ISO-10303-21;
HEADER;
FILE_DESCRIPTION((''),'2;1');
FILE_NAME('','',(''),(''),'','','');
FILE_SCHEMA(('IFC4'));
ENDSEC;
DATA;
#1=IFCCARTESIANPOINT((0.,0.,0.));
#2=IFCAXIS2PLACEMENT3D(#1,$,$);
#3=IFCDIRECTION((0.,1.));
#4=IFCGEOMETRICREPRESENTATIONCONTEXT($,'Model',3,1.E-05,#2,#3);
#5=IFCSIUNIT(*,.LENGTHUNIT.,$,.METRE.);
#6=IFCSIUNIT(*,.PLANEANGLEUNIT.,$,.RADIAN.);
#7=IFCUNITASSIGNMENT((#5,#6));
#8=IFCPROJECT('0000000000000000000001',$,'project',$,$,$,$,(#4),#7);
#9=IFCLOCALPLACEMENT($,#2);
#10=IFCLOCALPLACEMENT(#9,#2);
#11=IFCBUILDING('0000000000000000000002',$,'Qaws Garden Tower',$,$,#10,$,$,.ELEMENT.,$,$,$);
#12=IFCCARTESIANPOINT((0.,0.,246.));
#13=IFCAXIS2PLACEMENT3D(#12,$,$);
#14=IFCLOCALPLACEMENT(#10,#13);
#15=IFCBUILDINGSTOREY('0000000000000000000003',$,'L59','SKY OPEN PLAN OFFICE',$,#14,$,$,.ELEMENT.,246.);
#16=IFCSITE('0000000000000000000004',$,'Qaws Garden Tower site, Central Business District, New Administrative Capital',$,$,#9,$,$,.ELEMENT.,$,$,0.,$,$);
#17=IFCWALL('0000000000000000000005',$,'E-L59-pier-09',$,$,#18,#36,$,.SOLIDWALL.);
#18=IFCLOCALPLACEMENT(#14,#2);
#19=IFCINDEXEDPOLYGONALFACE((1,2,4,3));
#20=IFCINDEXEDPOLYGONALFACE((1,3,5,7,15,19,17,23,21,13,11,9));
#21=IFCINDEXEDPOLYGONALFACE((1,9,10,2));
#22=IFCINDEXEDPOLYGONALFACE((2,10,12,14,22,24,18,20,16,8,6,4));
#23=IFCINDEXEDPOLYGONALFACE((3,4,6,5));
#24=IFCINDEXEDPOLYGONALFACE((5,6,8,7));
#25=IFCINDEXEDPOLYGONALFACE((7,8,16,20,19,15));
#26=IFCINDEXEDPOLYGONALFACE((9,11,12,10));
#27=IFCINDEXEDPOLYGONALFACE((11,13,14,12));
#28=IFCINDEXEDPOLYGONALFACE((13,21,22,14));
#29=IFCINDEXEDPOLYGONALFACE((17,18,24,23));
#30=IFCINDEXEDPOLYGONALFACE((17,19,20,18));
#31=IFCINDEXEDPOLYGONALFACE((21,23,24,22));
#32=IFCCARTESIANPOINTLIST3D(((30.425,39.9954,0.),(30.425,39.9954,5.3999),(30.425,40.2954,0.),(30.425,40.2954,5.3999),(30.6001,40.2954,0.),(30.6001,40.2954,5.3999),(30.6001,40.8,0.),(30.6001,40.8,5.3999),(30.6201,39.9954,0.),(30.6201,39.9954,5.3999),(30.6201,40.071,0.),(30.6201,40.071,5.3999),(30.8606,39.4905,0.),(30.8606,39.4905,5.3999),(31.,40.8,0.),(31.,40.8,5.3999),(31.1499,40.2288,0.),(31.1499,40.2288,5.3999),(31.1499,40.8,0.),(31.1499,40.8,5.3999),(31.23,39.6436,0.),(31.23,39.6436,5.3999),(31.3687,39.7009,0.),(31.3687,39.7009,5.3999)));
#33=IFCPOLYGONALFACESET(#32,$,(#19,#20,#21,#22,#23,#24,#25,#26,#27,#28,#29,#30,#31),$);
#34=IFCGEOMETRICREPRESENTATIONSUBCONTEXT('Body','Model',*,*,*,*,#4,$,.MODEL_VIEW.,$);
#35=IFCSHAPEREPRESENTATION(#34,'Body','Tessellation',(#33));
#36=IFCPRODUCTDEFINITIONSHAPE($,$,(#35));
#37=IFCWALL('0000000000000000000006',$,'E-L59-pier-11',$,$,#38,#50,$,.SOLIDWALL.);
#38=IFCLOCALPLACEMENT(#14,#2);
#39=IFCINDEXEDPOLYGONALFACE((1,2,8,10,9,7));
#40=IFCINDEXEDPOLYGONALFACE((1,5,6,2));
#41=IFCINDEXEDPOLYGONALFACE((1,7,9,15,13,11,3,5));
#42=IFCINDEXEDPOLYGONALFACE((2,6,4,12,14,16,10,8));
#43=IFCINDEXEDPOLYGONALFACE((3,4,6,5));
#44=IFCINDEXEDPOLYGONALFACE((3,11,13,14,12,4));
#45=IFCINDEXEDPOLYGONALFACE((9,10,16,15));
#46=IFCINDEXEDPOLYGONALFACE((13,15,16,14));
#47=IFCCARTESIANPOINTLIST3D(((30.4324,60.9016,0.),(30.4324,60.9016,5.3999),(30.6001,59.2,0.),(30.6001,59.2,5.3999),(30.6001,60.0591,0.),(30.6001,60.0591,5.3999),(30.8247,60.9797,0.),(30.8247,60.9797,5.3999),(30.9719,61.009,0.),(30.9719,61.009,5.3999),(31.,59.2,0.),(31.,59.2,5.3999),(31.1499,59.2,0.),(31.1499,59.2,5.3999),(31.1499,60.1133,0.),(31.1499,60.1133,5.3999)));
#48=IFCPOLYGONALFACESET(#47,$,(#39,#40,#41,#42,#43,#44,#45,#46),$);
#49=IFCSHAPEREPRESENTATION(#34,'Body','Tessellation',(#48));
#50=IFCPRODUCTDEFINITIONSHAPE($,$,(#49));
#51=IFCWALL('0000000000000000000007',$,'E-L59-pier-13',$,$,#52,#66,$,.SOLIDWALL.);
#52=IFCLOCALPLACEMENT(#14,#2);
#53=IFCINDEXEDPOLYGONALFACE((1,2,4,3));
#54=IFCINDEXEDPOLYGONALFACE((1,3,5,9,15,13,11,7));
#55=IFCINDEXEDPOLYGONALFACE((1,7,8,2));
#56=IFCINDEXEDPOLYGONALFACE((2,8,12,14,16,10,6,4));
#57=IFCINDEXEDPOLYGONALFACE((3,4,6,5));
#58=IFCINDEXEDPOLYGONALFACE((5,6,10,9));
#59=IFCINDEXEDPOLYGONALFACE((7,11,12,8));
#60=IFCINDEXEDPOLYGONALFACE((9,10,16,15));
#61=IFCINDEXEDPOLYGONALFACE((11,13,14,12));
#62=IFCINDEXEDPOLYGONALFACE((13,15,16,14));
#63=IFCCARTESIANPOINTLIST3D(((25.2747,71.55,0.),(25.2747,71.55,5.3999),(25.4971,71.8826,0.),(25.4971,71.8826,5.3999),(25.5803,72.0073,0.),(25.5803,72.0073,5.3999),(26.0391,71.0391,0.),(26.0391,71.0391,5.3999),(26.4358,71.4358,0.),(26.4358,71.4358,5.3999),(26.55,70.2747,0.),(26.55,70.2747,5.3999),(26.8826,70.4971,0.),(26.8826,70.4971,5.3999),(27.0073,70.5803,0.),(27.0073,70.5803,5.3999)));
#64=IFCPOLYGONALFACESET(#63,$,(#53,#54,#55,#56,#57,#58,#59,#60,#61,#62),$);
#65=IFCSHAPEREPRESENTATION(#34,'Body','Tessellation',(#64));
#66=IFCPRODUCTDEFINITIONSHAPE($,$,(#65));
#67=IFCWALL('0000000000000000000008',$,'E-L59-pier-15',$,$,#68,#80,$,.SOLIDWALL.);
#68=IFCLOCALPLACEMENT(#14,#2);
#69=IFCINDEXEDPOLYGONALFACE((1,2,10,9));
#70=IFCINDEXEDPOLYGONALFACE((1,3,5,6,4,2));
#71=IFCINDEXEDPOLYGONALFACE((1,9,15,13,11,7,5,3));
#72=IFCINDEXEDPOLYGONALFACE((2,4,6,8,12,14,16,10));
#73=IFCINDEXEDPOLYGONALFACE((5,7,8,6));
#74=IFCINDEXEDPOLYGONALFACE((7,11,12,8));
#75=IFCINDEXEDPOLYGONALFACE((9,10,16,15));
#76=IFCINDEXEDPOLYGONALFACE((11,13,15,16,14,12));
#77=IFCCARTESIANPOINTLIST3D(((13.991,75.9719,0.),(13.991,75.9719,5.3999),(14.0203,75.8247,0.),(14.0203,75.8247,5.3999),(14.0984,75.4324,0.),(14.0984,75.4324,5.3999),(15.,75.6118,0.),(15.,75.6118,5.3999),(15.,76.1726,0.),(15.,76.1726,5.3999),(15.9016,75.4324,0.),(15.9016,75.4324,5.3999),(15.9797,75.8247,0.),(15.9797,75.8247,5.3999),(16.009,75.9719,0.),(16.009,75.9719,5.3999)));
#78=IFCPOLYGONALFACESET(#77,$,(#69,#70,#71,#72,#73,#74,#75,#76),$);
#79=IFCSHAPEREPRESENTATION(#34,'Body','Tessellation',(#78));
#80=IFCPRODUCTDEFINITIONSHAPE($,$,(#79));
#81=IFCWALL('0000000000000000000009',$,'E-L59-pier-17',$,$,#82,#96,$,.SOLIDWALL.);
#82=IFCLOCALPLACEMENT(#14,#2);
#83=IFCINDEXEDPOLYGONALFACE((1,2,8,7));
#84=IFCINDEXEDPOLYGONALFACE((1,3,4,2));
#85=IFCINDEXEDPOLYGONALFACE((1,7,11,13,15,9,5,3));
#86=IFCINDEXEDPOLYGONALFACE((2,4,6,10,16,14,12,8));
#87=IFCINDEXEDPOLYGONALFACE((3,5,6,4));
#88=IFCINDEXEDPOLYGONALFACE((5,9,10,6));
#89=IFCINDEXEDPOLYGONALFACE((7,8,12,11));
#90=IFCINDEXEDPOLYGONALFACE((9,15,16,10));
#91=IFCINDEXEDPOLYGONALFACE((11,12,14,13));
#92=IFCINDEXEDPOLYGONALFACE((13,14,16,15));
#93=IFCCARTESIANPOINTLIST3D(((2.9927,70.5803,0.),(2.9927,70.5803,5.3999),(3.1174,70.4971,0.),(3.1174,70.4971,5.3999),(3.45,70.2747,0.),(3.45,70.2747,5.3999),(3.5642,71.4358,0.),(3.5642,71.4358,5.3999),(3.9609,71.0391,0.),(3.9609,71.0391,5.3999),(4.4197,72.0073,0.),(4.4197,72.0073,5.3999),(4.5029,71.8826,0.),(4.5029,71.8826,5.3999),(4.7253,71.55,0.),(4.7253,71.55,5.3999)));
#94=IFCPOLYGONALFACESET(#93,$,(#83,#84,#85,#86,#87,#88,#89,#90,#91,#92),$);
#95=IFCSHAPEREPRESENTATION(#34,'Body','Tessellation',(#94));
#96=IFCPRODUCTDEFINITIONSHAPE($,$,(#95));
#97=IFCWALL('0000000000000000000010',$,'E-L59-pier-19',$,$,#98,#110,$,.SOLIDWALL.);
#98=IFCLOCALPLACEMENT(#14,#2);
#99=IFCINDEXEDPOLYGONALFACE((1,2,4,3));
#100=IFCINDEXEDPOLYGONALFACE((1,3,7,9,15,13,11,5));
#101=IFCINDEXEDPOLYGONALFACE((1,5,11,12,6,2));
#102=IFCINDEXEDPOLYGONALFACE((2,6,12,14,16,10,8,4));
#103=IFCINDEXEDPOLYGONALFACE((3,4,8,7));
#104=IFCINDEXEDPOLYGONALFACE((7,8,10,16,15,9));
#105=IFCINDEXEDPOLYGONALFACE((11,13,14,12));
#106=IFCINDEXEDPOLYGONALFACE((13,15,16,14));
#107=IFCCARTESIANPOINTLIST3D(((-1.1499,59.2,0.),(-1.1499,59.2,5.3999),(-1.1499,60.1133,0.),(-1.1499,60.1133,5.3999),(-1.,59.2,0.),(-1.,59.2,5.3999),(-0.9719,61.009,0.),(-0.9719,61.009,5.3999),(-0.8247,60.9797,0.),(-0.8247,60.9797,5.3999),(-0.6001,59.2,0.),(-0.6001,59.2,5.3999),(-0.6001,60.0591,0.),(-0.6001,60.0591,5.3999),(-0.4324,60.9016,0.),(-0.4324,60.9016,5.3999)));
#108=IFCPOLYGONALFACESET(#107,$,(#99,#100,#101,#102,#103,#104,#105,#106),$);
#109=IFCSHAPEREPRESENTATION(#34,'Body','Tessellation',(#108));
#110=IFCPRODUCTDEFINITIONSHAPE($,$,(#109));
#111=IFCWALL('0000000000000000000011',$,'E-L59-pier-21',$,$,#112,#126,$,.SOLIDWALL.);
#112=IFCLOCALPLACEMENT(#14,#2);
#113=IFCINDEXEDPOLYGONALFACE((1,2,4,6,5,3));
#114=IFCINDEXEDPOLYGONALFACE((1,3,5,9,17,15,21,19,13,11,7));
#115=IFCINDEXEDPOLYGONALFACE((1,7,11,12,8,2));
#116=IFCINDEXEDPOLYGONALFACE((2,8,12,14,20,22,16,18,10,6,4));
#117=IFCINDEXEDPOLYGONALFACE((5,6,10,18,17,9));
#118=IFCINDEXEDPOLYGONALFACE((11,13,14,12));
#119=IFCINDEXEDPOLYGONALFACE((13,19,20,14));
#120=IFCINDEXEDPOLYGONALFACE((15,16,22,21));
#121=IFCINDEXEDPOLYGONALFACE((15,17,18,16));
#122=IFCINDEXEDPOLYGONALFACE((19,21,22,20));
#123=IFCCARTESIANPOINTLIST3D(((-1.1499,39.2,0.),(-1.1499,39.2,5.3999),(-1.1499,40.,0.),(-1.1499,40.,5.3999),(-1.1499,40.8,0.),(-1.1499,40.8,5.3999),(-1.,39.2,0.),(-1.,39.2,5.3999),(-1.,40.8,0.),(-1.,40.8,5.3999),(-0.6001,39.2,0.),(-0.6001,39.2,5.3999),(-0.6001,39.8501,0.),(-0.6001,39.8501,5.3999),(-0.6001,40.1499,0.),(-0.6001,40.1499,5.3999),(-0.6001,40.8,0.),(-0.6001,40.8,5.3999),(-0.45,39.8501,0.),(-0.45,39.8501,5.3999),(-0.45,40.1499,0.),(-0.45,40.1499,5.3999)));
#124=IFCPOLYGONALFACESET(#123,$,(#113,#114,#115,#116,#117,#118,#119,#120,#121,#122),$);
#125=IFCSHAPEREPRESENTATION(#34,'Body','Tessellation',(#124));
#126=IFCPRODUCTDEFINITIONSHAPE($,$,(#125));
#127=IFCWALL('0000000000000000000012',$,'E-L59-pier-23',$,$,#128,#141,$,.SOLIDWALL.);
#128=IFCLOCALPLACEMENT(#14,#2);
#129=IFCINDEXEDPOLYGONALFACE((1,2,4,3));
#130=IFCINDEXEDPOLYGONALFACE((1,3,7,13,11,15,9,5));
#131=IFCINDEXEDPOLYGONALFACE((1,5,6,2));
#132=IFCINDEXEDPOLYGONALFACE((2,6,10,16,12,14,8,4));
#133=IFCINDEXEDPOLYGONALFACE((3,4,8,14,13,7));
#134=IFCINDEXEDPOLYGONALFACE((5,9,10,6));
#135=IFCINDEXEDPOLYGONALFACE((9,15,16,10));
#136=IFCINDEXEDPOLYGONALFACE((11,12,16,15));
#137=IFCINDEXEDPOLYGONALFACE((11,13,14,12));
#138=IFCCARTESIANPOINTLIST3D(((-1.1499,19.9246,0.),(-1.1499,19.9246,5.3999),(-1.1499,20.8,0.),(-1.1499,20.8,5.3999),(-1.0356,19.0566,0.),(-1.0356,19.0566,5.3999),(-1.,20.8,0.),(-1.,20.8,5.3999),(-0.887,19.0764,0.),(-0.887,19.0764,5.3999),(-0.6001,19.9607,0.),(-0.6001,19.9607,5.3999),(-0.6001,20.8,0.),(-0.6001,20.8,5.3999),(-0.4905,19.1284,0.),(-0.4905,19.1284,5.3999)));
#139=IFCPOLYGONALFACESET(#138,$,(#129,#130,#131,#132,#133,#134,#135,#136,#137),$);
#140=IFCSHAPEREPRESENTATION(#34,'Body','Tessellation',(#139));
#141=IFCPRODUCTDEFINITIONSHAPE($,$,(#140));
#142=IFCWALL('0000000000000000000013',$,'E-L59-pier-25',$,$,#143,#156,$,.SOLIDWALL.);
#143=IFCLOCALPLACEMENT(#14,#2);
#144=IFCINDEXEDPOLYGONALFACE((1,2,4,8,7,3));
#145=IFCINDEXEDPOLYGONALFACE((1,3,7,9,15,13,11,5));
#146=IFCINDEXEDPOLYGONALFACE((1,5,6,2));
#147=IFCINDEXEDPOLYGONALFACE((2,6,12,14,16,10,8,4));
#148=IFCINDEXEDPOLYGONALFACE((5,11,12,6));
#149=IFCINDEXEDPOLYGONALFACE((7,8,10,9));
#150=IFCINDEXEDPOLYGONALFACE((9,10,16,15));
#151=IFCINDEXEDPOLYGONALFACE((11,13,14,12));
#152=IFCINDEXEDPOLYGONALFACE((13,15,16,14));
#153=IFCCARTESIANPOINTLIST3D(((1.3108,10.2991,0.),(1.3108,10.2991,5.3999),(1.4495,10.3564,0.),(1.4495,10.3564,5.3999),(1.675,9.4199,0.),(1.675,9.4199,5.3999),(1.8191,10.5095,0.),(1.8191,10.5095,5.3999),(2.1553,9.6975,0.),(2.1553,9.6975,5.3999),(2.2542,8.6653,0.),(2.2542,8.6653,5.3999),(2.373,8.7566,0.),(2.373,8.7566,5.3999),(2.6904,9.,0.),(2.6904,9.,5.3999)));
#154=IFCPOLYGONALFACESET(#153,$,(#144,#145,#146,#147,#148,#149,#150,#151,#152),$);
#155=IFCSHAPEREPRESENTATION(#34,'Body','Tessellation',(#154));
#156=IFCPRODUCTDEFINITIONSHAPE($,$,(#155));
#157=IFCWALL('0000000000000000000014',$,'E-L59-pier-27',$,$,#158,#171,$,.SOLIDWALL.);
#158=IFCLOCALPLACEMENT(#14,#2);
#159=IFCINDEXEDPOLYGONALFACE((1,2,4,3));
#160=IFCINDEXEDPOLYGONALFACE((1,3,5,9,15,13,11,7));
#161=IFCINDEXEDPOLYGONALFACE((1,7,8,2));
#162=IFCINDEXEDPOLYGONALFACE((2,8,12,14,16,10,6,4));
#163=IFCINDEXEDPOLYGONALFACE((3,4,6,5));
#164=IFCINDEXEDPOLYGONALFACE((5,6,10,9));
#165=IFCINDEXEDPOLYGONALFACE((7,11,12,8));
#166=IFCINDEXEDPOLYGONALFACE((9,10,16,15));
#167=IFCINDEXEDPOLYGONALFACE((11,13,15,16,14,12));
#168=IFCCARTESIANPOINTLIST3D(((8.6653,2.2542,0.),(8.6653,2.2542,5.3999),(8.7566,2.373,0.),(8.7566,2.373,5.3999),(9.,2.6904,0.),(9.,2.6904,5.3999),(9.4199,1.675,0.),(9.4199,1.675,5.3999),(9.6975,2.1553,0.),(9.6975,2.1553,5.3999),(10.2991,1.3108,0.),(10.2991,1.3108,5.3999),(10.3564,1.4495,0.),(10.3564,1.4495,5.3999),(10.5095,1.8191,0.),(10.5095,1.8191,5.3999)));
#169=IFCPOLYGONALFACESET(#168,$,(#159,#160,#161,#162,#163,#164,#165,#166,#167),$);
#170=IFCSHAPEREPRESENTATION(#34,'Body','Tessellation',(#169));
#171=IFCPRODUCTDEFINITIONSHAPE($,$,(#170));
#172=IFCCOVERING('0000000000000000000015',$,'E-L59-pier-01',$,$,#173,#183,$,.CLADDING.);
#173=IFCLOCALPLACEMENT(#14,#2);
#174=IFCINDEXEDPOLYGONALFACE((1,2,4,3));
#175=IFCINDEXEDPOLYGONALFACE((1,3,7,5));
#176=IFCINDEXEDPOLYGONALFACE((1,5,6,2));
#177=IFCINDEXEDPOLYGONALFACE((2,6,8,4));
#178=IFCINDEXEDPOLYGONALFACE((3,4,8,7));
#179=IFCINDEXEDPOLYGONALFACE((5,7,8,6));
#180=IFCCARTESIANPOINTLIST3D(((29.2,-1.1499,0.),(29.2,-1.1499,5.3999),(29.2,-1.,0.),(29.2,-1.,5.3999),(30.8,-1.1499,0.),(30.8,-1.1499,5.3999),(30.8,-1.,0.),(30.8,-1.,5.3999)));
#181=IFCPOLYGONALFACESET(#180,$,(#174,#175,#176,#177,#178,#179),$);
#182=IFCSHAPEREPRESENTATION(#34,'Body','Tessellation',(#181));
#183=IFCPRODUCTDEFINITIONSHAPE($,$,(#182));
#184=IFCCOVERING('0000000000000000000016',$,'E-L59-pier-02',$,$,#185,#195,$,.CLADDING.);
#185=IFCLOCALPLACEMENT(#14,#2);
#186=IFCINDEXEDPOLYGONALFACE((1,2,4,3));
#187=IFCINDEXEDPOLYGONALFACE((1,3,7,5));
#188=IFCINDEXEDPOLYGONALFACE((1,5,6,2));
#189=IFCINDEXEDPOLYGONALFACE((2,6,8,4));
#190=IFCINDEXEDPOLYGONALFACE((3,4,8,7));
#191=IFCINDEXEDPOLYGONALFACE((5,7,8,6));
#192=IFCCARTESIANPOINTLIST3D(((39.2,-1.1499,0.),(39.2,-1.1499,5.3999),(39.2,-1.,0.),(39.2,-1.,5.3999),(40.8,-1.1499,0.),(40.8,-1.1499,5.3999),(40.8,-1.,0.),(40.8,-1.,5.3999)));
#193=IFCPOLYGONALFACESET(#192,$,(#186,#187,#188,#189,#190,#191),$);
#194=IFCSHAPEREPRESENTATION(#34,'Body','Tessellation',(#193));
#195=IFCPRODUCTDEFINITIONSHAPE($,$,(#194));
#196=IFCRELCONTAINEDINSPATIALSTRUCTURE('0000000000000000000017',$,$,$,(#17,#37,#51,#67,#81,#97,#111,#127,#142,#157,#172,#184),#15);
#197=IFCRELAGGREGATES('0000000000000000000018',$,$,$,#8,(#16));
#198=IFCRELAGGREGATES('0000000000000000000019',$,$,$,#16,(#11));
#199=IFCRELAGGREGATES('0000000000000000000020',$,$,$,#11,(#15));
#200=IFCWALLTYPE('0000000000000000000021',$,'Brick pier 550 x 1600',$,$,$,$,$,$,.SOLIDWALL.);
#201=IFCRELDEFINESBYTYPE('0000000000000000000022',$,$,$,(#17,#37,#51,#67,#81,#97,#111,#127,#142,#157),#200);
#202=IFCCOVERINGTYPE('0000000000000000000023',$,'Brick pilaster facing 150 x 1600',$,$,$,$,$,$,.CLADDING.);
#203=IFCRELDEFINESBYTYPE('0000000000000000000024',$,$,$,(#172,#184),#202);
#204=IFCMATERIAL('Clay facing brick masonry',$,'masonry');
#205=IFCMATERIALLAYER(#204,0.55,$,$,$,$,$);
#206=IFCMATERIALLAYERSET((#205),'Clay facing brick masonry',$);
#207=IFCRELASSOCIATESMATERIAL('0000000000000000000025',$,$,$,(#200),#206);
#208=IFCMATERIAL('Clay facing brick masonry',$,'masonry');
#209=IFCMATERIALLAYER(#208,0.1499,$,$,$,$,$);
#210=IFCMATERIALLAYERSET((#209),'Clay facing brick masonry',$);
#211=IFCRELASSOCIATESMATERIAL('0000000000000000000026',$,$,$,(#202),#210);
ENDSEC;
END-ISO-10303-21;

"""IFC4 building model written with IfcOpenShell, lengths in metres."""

from ifc_helpers import new_model, si_unit, direction, frame, origin, place, context, subcontext, project, spatial, polyline, outline, extrude, material, layer, layer_set, type_object, element, save


model = new_model("IFC4")

# Units and contexts
model_context = context("Model", 3, precision=1e-05, world=origin(), true_north=direction((0.0, 1.0)))
body_context = subcontext(model_context, "Body", "Model", "MODEL_VIEW")
ifc_project = project(units=[si_unit("LENGTHUNIT", "METRE"), si_unit("PLANEANGLEUNIT", "RADIAN")], contexts=[model_context])

# Site, building, storey
site_placement = place(None, origin())
site = spatial("IfcSite", under=ifc_project, at=site_placement, Name="Qaws Garden Tower site, Central Business District, New Administrative Capital", CompositionType="ELEMENT", RefElevation=0.0)
building_placement = place(site_placement, origin())
building = spatial("IfcBuilding", under=site, at=building_placement, Name="Qaws Garden Tower", CompositionType="ELEMENT")
storey_placement = place(building_placement, frame((0.0, 0.0, 246.0)))
storey = spatial("IfcBuildingStorey", under=building, at=storey_placement, Name="L59", Description="SKY OPEN PLAN OFFICE", CompositionType="ELEMENT", Elevation=246.0)

# Shared definitions
placement_1 = place(storey_placement, origin())

# Walls
ifc_material_1 = material(Name="Clay facing brick masonry", Category="masonry")
ifc_layer_1 = layer(ifc_material_1, 0.55)
ifc_layer_set_1 = layer_set([ifc_layer_1], Name="Clay facing brick masonry")
wall_type_1 = type_object("IfcWallType", Name="Brick pier 550 x 1600", PredefinedType="SOLIDWALL", material=ifc_layer_set_1)
element("IfcWall", 1, at=placement_1, inside=storey, type_object=wall_type_1, Name="E-L59-pier-09", PredefinedType="SOLIDWALL", context=body_context, shape_type="SweptSolid", body=[
    extrude(outline(polyline([(30.6201, 39.9954), (30.6201, 40.071), (30.8606, 39.4905), (31.23, 39.6436), (31.3687, 39.7009), (31.1499, 40.2288), (31.1499, 40.8), (31.0, 40.8), (30.6001, 40.8), (30.6001, 40.2954), (30.425, 40.2954), (30.425, 39.9954), (30.6201, 39.9954)])), origin(), (0.0, 0.0, 1.0), 5.3999),
])
element("IfcWall", 2, at=placement_1, inside=storey, type_object=wall_type_1, Name="E-L59-pier-11", PredefinedType="SOLIDWALL", context=body_context, shape_type="SweptSolid", body=[
    extrude(outline(polyline([(31.0, 59.2), (31.1499, 59.2), (31.1499, 60.1133), (30.9719, 61.009), (30.8247, 60.9797), (30.4324, 60.9016), (30.6001, 60.0591), (30.6001, 59.2), (31.0, 59.2)])), origin(), (0.0, 0.0, 1.0), 5.3999),
])
element("IfcWall", 3, at=placement_1, inside=storey, type_object=wall_type_1, Name="E-L59-pier-13", PredefinedType="SOLIDWALL", context=body_context, shape_type="SweptSolid", body=[
    extrude(outline(polyline([(26.8826, 70.4971), (27.0073, 70.5803), (26.4358, 71.4358), (25.5803, 72.0073), (25.4971, 71.8826), (25.2747, 71.55), (26.0391, 71.0391), (26.55, 70.2747), (26.8826, 70.4971)])), origin(), (0.0, 0.0, 1.0), 5.3999),
])
element("IfcWall", 4, at=placement_1, inside=storey, type_object=wall_type_1, Name="E-L59-pier-15", PredefinedType="SOLIDWALL", context=body_context, shape_type="SweptSolid", body=[
    extrude(outline(polyline([(15.9797, 75.8247), (16.009, 75.9719), (15.0, 76.1726), (13.991, 75.9719), (14.0203, 75.8247), (14.0984, 75.4324), (15.0, 75.6118), (15.9016, 75.4324), (15.9797, 75.8247)])), origin(), (0.0, 0.0, 1.0), 5.3999),
])
element("IfcWall", 5, at=placement_1, inside=storey, type_object=wall_type_1, Name="E-L59-pier-17", PredefinedType="SOLIDWALL", context=body_context, shape_type="SweptSolid", body=[
    extrude(outline(polyline([(4.5029, 71.8826), (4.4197, 72.0073), (3.5642, 71.4358), (2.9927, 70.5803), (3.1174, 70.4971), (3.45, 70.2747), (3.9609, 71.0391), (4.7253, 71.55), (4.5029, 71.8826)])), origin(), (0.0, 0.0, 1.0), 5.3999),
])
element("IfcWall", 6, at=placement_1, inside=storey, type_object=wall_type_1, Name="E-L59-pier-19", PredefinedType="SOLIDWALL", context=body_context, shape_type="SweptSolid", body=[
    extrude(outline(polyline([(-0.8247, 60.9797), (-0.9719, 61.009), (-1.1499, 60.1133), (-1.1499, 59.2), (-1.0, 59.2), (-0.6001, 59.2), (-0.6001, 60.0591), (-0.4324, 60.9016), (-0.8247, 60.9797)])), origin(), (0.0, 0.0, 1.0), 5.3999),
])
element("IfcWall", 7, at=placement_1, inside=storey, type_object=wall_type_1, Name="E-L59-pier-21", PredefinedType="SOLIDWALL", context=body_context, shape_type="SweptSolid", body=[
    extrude(outline(polyline([(-0.6001, 39.2), (-0.6001, 39.8501), (-0.45, 39.8501), (-0.45, 40.1499), (-0.6001, 40.1499), (-0.6001, 40.8), (-1.0, 40.8), (-1.1499, 40.8), (-1.1499, 40.0), (-1.1499, 39.2), (-1.0, 39.2), (-0.6001, 39.2)])), origin(), (0.0, 0.0, 1.0), 5.3999),
])
element("IfcWall", 8, at=placement_1, inside=storey, type_object=wall_type_1, Name="E-L59-pier-23", PredefinedType="SOLIDWALL", context=body_context, shape_type="SweptSolid", body=[
    extrude(outline(polyline([(-1.0, 20.8), (-1.1499, 20.8), (-1.1499, 19.9246), (-1.0356, 19.0566), (-0.887, 19.0764), (-0.4905, 19.1284), (-0.6001, 19.9607), (-0.6001, 20.8), (-1.0, 20.8)])), origin(), (0.0, 0.0, 1.0), 5.3999),
])
element("IfcWall", 9, at=placement_1, inside=storey, type_object=wall_type_1, Name="E-L59-pier-25", PredefinedType="SOLIDWALL", context=body_context, shape_type="SweptSolid", body=[
    extrude(outline(polyline([(1.4495, 10.3564), (1.3108, 10.2991), (1.675, 9.4199), (2.2542, 8.6653), (2.373, 8.7566), (2.6904, 9.0), (2.1553, 9.6975), (1.8191, 10.5095), (1.4495, 10.3564)])), origin(), (0.0, 0.0, 1.0), 5.3999),
])
element("IfcWall", 10, at=placement_1, inside=storey, type_object=wall_type_1, Name="E-L59-pier-27", PredefinedType="SOLIDWALL", context=body_context, shape_type="SweptSolid", body=[
    extrude(outline(polyline([(8.7566, 2.373), (8.6653, 2.2542), (9.4199, 1.675), (10.2991, 1.3108), (10.3564, 1.4495), (10.5095, 1.8191), (9.6975, 2.1553), (9.0, 2.6904), (8.7566, 2.373)])), origin(), (0.0, 0.0, 1.0), 5.3999),
])

# Coverings
ifc_material_2 = material(Name="Clay facing brick masonry", Category="masonry")
ifc_layer_2 = layer(ifc_material_2, 0.1499)
ifc_layer_set_2 = layer_set([ifc_layer_2], Name="Clay facing brick masonry")
covering_type = type_object("IfcCoveringType", Name="Brick pilaster facing 150 x 1600", PredefinedType="CLADDING", material=ifc_layer_set_2)
element("IfcCovering", 11, at=placement_1, inside=storey, type_object=covering_type, Name="E-L59-pier-01", PredefinedType="CLADDING", context=body_context, shape_type="SweptSolid", body=[
    extrude(outline(polyline([(29.2, -1.0), (30.8, -1.0), (30.8, -1.1499), (29.2, -1.1499), (29.2, -1.0)])), origin(), (0.0, 0.0, 1.0), 5.3999),
])
element("IfcCovering", 12, at=placement_1, inside=storey, type_object=covering_type, Name="E-L59-pier-02", PredefinedType="CLADDING", context=body_context, shape_type="SweptSolid", body=[
    extrude(outline(polyline([(39.2, -1.0), (40.8, -1.0), (40.8, -1.1499), (39.2, -1.1499), (39.2, -1.0)])), origin(), (0.0, 0.0, 1.0), 5.3999),
])

save(model, "model.ifc")
